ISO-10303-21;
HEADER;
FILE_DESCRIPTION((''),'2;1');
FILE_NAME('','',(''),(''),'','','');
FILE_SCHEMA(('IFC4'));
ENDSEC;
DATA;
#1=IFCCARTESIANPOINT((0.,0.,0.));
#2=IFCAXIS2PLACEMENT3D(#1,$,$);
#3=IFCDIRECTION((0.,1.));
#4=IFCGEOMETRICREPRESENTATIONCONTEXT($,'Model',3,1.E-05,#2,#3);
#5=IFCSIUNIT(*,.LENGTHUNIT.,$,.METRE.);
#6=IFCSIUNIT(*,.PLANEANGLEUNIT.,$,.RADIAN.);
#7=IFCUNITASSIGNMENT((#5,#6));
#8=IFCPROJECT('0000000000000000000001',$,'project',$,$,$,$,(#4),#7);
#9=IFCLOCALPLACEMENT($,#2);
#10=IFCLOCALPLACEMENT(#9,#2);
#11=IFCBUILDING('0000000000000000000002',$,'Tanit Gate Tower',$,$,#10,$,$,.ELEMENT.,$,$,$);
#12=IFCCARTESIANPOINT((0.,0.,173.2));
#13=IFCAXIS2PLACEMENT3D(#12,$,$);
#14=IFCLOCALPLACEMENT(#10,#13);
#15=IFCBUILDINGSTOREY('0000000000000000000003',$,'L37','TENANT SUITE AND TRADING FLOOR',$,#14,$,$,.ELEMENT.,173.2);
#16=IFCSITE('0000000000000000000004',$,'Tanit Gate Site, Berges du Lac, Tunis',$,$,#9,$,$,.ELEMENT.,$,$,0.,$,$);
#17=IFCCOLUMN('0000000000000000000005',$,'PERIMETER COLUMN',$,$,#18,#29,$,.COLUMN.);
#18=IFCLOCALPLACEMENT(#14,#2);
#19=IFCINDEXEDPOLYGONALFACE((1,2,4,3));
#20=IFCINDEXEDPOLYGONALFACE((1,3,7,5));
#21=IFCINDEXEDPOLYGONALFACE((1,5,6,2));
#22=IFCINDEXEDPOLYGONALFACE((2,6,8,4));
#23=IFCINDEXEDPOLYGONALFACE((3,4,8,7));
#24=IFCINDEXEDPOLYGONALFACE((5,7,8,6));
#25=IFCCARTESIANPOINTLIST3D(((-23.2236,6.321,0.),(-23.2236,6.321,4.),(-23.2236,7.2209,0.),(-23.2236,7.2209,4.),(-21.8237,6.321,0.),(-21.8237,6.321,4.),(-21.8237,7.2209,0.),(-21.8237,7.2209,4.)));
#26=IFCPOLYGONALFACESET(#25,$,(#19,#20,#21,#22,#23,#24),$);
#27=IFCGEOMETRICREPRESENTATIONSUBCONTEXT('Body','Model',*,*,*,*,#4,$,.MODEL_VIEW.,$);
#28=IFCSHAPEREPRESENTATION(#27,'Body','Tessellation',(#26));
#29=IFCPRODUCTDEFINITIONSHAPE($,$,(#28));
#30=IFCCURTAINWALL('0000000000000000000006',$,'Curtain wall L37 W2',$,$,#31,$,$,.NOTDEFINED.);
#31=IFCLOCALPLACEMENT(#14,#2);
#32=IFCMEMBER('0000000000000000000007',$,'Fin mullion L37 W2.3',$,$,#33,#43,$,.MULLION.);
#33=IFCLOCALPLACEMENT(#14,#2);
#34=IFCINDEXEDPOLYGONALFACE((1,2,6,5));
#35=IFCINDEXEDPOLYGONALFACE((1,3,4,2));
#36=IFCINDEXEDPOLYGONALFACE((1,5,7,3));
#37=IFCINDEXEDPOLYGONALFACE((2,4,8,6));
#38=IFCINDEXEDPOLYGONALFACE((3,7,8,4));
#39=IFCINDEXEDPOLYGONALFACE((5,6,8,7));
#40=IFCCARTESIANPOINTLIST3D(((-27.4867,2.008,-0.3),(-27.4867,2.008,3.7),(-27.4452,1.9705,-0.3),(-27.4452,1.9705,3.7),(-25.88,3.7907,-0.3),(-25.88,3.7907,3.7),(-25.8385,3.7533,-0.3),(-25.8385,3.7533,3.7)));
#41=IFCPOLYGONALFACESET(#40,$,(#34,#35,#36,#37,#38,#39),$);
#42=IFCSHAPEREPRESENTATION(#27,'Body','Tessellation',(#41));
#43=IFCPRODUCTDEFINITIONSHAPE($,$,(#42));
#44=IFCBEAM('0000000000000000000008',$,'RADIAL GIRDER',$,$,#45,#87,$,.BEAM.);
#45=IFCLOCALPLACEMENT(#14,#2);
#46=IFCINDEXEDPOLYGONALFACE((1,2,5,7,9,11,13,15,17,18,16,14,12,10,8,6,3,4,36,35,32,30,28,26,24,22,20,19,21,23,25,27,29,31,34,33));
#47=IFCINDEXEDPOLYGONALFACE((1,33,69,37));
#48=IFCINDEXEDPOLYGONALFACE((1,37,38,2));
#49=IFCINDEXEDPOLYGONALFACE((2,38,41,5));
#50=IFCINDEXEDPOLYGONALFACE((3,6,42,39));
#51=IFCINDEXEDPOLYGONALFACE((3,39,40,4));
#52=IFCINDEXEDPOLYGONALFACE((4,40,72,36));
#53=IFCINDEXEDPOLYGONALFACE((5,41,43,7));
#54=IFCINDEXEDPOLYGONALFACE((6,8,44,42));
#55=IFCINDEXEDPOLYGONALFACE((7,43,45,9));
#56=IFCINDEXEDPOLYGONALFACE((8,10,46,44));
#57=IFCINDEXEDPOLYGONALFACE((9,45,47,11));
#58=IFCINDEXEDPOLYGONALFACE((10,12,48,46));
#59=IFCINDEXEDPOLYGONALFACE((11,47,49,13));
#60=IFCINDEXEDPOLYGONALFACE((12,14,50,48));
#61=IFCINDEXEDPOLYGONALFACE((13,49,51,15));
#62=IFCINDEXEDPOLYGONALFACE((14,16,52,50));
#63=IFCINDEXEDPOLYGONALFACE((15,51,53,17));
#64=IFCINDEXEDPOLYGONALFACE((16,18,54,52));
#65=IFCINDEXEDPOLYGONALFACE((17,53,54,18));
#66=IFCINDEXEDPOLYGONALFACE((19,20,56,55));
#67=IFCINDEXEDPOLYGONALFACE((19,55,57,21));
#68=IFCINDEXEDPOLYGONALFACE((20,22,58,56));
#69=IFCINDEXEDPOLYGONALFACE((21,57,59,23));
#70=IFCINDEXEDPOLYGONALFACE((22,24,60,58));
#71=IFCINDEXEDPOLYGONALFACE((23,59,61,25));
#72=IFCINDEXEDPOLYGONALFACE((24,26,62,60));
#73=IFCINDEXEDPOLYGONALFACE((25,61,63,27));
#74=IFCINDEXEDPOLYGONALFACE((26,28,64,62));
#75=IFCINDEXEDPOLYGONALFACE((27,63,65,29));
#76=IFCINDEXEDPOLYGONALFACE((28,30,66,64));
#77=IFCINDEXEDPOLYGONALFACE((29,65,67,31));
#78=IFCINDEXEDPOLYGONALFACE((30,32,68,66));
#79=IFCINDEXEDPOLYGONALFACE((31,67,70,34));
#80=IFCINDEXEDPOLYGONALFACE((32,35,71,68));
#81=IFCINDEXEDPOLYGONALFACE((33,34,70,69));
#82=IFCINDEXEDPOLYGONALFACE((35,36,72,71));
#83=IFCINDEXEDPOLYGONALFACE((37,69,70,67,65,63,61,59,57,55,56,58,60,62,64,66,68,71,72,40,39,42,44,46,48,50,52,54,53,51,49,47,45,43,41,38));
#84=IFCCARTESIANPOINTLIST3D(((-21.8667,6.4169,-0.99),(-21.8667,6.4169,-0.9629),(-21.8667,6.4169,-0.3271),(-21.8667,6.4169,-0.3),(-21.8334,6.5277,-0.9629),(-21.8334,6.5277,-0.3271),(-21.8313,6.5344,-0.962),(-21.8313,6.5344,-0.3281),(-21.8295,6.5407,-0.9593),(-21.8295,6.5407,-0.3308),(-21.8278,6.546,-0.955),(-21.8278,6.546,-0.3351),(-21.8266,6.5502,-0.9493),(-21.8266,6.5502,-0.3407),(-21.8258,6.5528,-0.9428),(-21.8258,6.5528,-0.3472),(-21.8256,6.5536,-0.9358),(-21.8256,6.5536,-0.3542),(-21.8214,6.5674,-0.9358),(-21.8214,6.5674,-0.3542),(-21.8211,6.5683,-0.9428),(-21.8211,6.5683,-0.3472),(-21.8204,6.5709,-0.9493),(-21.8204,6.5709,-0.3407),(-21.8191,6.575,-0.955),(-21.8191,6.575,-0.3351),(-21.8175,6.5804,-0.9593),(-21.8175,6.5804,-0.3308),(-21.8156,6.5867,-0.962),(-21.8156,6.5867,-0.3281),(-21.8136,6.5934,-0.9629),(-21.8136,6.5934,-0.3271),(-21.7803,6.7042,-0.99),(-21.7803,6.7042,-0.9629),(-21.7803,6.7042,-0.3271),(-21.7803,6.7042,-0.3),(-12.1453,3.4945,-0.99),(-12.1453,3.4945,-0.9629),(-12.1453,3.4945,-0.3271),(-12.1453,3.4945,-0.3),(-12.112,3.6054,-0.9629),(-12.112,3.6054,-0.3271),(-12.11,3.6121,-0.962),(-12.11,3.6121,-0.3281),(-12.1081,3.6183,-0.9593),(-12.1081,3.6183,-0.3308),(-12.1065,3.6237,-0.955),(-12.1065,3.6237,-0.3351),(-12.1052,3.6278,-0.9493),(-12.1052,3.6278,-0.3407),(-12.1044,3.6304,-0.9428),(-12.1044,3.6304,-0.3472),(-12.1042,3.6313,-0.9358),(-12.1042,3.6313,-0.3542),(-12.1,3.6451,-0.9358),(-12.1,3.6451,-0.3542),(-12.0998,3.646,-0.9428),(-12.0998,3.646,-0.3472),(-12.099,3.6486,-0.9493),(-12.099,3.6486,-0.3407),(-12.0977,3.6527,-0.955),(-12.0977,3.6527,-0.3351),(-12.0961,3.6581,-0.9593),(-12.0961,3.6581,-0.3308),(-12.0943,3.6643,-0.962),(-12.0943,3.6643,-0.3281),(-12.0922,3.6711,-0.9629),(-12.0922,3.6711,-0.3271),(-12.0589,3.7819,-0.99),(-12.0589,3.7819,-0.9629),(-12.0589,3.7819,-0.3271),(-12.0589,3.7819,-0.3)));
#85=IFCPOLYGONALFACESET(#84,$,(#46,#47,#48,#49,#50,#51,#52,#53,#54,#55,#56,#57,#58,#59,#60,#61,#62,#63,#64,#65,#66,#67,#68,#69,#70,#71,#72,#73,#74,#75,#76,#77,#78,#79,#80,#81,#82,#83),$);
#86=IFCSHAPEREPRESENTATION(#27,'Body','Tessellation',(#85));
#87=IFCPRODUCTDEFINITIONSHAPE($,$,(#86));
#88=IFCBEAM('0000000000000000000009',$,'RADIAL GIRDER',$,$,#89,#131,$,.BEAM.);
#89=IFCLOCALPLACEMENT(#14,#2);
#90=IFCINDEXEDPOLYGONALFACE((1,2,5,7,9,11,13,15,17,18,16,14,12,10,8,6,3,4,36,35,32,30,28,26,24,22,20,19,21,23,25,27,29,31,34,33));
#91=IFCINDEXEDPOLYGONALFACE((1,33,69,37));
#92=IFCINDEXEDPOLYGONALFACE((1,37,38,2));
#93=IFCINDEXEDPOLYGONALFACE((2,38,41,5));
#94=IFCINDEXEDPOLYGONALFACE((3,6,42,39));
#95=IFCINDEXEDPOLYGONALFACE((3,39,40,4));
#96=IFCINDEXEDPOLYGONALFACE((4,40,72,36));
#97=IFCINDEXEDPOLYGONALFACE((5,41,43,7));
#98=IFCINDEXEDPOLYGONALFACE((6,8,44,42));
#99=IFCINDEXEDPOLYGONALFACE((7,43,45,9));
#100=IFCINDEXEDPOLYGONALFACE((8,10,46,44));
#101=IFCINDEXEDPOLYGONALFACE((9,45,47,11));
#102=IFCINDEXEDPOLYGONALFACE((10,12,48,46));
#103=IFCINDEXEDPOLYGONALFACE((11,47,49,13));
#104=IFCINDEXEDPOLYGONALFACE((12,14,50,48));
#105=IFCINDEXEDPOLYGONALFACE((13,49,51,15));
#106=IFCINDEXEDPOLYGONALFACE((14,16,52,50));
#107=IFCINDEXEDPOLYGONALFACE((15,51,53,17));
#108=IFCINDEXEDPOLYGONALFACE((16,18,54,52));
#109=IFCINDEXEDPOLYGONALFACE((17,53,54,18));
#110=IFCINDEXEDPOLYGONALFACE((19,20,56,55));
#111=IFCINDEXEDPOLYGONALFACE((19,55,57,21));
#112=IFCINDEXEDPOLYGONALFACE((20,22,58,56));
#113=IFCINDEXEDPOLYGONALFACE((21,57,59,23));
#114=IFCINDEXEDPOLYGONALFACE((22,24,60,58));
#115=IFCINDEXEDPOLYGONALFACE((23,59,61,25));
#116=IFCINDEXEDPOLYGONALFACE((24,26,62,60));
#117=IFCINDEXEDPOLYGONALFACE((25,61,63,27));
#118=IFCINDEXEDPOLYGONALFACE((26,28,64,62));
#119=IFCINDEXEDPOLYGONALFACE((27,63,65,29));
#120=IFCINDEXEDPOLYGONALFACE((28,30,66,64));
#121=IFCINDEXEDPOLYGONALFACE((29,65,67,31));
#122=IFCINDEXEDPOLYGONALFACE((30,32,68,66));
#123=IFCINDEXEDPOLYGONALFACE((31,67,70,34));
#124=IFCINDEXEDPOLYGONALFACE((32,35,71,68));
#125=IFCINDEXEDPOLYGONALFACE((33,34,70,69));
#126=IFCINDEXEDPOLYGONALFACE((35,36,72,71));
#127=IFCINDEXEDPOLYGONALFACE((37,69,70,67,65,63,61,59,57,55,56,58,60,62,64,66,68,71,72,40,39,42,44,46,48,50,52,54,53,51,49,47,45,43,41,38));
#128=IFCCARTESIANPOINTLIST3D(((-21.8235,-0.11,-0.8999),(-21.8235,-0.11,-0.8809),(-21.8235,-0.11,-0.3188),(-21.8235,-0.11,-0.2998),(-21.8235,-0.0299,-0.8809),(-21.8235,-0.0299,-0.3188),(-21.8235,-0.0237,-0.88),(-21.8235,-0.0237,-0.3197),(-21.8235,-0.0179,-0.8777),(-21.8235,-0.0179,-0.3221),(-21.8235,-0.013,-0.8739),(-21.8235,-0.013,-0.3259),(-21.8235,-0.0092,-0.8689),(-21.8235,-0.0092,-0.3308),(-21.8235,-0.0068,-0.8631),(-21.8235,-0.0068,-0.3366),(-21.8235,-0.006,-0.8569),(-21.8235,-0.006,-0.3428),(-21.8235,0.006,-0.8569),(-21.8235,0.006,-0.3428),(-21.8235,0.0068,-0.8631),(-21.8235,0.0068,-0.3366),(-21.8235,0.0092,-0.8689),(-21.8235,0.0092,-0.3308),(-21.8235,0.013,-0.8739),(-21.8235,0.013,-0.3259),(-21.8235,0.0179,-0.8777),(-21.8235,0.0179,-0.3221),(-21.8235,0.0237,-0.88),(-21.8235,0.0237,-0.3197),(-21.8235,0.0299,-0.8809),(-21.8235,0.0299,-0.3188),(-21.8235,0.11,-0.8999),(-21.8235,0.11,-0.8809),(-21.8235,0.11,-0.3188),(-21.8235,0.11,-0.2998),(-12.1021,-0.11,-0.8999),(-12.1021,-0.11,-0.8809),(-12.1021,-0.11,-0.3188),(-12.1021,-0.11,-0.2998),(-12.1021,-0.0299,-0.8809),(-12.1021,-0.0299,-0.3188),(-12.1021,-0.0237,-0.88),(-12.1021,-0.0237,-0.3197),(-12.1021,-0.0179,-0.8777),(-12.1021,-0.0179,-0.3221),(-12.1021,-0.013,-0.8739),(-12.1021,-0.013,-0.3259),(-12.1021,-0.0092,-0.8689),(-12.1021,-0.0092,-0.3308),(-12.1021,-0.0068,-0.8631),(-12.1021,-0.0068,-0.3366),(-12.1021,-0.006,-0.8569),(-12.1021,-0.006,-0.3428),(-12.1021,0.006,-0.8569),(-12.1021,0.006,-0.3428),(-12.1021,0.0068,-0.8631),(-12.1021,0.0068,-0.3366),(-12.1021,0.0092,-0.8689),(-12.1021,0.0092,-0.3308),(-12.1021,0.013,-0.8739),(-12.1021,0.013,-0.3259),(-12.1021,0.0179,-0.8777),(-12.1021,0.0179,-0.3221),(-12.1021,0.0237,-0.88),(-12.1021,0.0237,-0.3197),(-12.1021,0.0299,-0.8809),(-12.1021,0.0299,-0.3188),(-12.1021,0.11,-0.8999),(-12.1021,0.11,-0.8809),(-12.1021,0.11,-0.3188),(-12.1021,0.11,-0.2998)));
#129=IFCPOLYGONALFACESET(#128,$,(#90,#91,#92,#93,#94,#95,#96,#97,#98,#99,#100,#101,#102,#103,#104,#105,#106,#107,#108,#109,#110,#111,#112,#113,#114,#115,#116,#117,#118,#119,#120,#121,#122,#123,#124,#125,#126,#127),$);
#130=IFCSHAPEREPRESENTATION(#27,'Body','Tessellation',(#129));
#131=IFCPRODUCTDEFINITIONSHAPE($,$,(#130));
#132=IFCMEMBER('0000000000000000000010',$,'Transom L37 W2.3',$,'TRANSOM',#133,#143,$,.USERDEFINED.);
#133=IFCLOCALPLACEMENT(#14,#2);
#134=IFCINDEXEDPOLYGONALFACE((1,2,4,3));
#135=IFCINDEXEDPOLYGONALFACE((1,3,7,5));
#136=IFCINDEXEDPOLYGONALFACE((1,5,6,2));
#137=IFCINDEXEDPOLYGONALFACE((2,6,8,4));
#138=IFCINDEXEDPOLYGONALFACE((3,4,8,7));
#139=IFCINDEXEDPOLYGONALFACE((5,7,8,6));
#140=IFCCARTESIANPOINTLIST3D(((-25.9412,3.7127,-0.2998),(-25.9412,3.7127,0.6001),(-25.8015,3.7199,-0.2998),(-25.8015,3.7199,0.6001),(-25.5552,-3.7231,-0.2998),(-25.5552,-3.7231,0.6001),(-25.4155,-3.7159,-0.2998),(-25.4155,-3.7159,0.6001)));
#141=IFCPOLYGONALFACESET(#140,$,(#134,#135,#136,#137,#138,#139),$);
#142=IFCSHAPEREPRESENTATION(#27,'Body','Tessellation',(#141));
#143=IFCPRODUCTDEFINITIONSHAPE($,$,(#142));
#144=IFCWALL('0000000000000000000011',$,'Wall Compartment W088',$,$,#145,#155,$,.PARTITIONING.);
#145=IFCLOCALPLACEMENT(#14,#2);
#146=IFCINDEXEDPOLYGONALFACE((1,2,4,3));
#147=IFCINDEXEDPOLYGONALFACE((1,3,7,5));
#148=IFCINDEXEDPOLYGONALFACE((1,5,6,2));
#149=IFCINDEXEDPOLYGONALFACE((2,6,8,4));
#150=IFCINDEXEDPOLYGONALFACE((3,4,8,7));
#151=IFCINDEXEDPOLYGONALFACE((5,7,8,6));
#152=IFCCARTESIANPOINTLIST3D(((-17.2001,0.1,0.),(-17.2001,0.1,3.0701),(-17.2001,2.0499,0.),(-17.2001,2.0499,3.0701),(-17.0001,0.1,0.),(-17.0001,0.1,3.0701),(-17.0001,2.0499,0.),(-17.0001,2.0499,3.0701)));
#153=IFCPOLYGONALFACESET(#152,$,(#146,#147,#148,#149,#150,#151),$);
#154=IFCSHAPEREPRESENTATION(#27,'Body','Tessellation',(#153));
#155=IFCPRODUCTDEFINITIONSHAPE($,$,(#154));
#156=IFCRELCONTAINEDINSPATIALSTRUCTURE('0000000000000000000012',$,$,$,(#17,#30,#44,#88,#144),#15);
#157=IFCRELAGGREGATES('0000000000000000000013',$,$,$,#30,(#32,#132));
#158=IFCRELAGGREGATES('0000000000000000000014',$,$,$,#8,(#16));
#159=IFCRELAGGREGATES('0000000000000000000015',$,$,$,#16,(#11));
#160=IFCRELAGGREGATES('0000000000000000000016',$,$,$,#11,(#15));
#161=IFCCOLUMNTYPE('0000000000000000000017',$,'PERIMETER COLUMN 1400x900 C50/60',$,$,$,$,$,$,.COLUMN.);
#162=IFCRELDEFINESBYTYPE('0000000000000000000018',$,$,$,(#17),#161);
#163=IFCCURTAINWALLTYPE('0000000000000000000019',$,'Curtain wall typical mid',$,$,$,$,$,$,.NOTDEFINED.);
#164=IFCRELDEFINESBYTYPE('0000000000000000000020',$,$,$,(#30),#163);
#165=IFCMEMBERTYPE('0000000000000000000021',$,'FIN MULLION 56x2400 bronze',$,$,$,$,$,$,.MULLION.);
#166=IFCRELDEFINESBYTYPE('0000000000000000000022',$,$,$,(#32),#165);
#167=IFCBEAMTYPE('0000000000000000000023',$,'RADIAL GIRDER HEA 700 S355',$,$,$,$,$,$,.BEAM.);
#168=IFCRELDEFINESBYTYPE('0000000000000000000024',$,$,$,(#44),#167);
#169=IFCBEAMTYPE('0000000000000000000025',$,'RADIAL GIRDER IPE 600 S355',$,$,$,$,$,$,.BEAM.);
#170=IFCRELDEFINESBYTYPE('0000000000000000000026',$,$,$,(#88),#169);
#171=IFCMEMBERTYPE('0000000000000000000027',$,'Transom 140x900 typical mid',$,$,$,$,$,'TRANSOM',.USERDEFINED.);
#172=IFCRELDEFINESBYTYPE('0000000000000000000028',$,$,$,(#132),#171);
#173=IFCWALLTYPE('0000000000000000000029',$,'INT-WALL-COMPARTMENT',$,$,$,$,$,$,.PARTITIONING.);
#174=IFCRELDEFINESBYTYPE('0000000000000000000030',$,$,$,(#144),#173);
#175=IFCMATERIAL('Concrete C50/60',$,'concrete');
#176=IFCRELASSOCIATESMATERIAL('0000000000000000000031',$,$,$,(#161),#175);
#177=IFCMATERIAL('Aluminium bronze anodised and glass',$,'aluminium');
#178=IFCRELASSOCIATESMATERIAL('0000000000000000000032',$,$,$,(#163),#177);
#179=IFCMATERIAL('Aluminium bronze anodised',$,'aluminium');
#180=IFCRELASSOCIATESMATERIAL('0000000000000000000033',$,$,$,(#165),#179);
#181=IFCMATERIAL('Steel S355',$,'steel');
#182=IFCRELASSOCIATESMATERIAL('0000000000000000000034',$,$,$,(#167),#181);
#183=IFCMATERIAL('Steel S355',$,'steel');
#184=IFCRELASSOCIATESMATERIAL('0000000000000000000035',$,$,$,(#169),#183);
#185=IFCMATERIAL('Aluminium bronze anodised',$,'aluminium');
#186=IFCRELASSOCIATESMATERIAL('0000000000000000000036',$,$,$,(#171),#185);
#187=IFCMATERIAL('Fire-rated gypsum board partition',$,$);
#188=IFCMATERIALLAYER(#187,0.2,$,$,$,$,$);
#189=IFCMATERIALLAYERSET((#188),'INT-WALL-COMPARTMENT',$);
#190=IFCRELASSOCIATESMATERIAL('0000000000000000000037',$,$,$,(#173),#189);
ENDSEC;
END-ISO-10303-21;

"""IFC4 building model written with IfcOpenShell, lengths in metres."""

from ifc_helpers import new_model, si_unit, direction, frame, frame_2d, origin, origin_2d, place, context, subcontext, project, spatial, rectangle, i_section, extrude, material, layer, layer_set, material_profile, profile_set, type_object, element, aggregate, save


model = new_model("IFC4")

# Units and contexts
model_context = context("Model", 3, precision=1e-05, world=origin(), true_north=direction((0.0, 1.0)))
body_context = subcontext(model_context, "Body", "Model", "MODEL_VIEW")
ifc_project = project(units=[si_unit("LENGTHUNIT", "METRE"), si_unit("PLANEANGLEUNIT", "RADIAN")], contexts=[model_context])

# Site, building, storey
site_placement = place(None, origin())
site = spatial("IfcSite", under=ifc_project, at=site_placement, Name="Tanit Gate Site, Berges du Lac, Tunis", CompositionType="ELEMENT", RefElevation=0.0)
building_placement = place(site_placement, origin())
building = spatial("IfcBuilding", under=site, at=building_placement, Name="Tanit Gate Tower", CompositionType="ELEMENT")
storey_placement = place(building_placement, frame((0.0, 0.0, 173.2)))
storey = spatial("IfcBuildingStorey", under=building, at=storey_placement, Name="L37", Description="TENANT SUITE AND TRADING FLOOR", CompositionType="ELEMENT", Elevation=173.2)

# Column
ifc_material_1 = material(Name="Concrete C50/60", Category="concrete")
ifc_material_profile_1 = material_profile(ifc_material_1, rectangle(XDim=1.3999, YDim=0.8999, at=origin_2d()), Name="RC 1400x900")
ifc_profile_set_1 = profile_set([ifc_material_profile_1], Name="Concrete C50/60")
column_type = type_object("IfcColumnType", Name="PERIMETER COLUMN 1400x900 C50/60", PredefinedType="COLUMN", material=ifc_profile_set_1)
column_placement = place(storey_placement, frame((-22.5237, 6.771, 0.0), z_axis=(0.0, 0.0, 1.0), x_axis=(-1.0, 0.0, 0.0)))
element("IfcColumn", 1, at=column_placement, inside=storey, type_object=column_type, Name="PERIMETER COLUMN", PredefinedType="COLUMN", context=body_context, shape_type="SweptSolid", body=[
    extrude(rectangle(XDim=1.3999, YDim=0.8999, at=origin_2d()), origin(), (0.0, 0.0, 1.0), 4.0),
])

# Curtain wall, member
ifc_material_2 = material(Name="Aluminium bronze anodised and glass", Category="aluminium")
curtain_wall_type = type_object("IfcCurtainWallType", Name="Curtain wall typical mid", PredefinedType="NOTDEFINED", material=ifc_material_2)
curtain_wall_placement = place(storey_placement, origin())
curtain_wall = element("IfcCurtainWall", 2, at=curtain_wall_placement, inside=storey, type_object=curtain_wall_type, Name="Curtain wall L37 W2", PredefinedType="NOTDEFINED")
ifc_material_3 = material(Name="Aluminium bronze anodised", Category="aluminium")
ifc_material_profile_2 = material_profile(ifc_material_3, rectangle(XDim=2.3999, YDim=0.0559, at=origin_2d()), Name="56x2400 bronze fin mullion")
ifc_profile_set_2 = profile_set([ifc_material_profile_2], Name="Aluminium bronze anodised")
member_type_1 = type_object("IfcMemberType", Name="FIN MULLION 56x2400 bronze", PredefinedType="MULLION", material=ifc_profile_set_2)
member_1_placement = place(storey_placement, frame((-26.6626, 2.8806, -0.3), z_axis=(0.0, 0.0, 1.0), x_axis=(0.669481, 0.742829, 0.0)))
member_1 = element("IfcMember", 3, at=member_1_placement, type_object=member_type_1, Name="Fin mullion L37 W2.3", PredefinedType="MULLION", context=body_context, shape_type="SweptSolid", body=[
    extrude(rectangle(XDim=2.3999, YDim=0.0559, at=origin_2d()), origin(), (0.0, 0.0, 1.0), 4.0),
])

# Beams
ifc_material_4 = material(Name="Steel S355", Category="steel")
ifc_material_profile_3 = material_profile(ifc_material_4, i_section(OverallWidth=0.3, OverallDepth=0.6899, WebThickness=0.0144, FlangeThickness=0.0271, FilletRadius=0.0271, at=origin_2d()), Name="HEA 700")
ifc_profile_set_3 = profile_set([ifc_material_profile_3], Name="Steel S355")
beam_type_1 = type_object("IfcBeamType", Name="RADIAL GIRDER HEA 700 S355", PredefinedType="BEAM", material=ifc_profile_set_3)
beam_1_placement = place(storey_placement, frame((-21.8235, 6.5605, -0.645), z_axis=(0.957665, -0.287884, 0.0), x_axis=(0.287884, 0.957665, 0.0)))
element("IfcBeam", 4, at=beam_1_placement, inside=storey, type_object=beam_type_1, Name="RADIAL GIRDER", PredefinedType="BEAM", context=body_context, shape_type="SweptSolid", body=[
    extrude(i_section(OverallWidth=0.3, OverallDepth=0.6899, WebThickness=0.0144, FlangeThickness=0.0271, FilletRadius=0.0271, at=origin_2d()), origin(), (0.0, 0.0, 1.0), 10.1511),
])
ifc_material_5 = material(Name="Steel S355", Category="steel")
ifc_material_profile_4 = material_profile(ifc_material_5, i_section(OverallWidth=0.22, OverallDepth=0.6001, WebThickness=0.012, FlangeThickness=0.019, FilletRadius=0.0239, at=origin_2d()), Name="IPE 600")
ifc_profile_set_4 = profile_set([ifc_material_profile_4], Name="Steel S355")
beam_type_2 = type_object("IfcBeamType", Name="RADIAL GIRDER IPE 600 S355", PredefinedType="BEAM", material=ifc_profile_set_4)
beam_2_placement = place(storey_placement, frame((-21.8235, 0.0, -0.5999), z_axis=(1.0, 0.0, 0.0), x_axis=(0.0, 1.0, 0.0)))
element("IfcBeam", 5, at=beam_2_placement, inside=storey, type_object=beam_type_2, Name="RADIAL GIRDER", PredefinedType="BEAM", context=body_context, shape_type="SweptSolid", body=[
    extrude(i_section(OverallWidth=0.22, OverallDepth=0.6001, WebThickness=0.012, FlangeThickness=0.019, FilletRadius=0.0239, at=origin_2d()), origin(), (0.0, 0.0, 1.0), 9.7214),
])

# Member
ifc_material_6 = material(Name="Aluminium bronze anodised", Category="aluminium")
ifc_material_profile_5 = material_profile(ifc_material_6, rectangle(XDim=0.1399, YDim=0.8999, at=origin_2d()), Name="140x900 bronze transom")
ifc_profile_set_5 = profile_set([ifc_material_profile_5], Name="Aluminium bronze anodised")
member_type_2 = type_object("IfcMemberType", Name="Transom 140x900 typical mid", ElementType="TRANSOM", PredefinedType="USERDEFINED", material=ifc_profile_set_5)
member_2_placement = place(storey_placement, frame((-25.8713, 3.7163, 0.1501), z_axis=(0.051839, -0.998655, 0.0), x_axis=(0.998655, 0.051839, 0.0)))
member_2 = element("IfcMember", 6, at=member_2_placement, type_object=member_type_2, Name="Transom L37 W2.3", ObjectType="TRANSOM", PredefinedType="USERDEFINED", context=body_context, shape_type="SweptSolid", body=[
    extrude(rectangle(XDim=0.1399, YDim=0.8999, at=origin_2d()), origin(), (0.0, 0.0, 1.0), 7.4458),
])
aggregate(curtain_wall, [member_1, member_2])

# Wall
ifc_material_7 = material(Name="Fire-rated gypsum board partition")
ifc_layer_1 = layer(ifc_material_7, 0.2)
ifc_layer_set_1 = layer_set([ifc_layer_1], Name="INT-WALL-COMPARTMENT")
wall_type_1 = type_object("IfcWallType", Name="INT-WALL-COMPARTMENT", PredefinedType="PARTITIONING", material=ifc_layer_set_1)
wall_1_placement = place(storey_placement, frame((-17.1001, 2.05, 0.0), z_axis=(0.0, 0.0, 1.0), x_axis=(0.0, -1.0, 0.0)))
element("IfcWall", 7, at=wall_1_placement, inside=storey, type_object=wall_type_1, Name="Wall Compartment W088", PredefinedType="PARTITIONING", context=body_context, shape_type="SweptSolid", body=[
    extrude(rectangle(XDim=1.95, YDim=0.2, at=frame_2d((0.9751, 0.0))), origin(), (0.0, 0.0, 1.0), 3.0701),
])

save(model, "model.ifc")
